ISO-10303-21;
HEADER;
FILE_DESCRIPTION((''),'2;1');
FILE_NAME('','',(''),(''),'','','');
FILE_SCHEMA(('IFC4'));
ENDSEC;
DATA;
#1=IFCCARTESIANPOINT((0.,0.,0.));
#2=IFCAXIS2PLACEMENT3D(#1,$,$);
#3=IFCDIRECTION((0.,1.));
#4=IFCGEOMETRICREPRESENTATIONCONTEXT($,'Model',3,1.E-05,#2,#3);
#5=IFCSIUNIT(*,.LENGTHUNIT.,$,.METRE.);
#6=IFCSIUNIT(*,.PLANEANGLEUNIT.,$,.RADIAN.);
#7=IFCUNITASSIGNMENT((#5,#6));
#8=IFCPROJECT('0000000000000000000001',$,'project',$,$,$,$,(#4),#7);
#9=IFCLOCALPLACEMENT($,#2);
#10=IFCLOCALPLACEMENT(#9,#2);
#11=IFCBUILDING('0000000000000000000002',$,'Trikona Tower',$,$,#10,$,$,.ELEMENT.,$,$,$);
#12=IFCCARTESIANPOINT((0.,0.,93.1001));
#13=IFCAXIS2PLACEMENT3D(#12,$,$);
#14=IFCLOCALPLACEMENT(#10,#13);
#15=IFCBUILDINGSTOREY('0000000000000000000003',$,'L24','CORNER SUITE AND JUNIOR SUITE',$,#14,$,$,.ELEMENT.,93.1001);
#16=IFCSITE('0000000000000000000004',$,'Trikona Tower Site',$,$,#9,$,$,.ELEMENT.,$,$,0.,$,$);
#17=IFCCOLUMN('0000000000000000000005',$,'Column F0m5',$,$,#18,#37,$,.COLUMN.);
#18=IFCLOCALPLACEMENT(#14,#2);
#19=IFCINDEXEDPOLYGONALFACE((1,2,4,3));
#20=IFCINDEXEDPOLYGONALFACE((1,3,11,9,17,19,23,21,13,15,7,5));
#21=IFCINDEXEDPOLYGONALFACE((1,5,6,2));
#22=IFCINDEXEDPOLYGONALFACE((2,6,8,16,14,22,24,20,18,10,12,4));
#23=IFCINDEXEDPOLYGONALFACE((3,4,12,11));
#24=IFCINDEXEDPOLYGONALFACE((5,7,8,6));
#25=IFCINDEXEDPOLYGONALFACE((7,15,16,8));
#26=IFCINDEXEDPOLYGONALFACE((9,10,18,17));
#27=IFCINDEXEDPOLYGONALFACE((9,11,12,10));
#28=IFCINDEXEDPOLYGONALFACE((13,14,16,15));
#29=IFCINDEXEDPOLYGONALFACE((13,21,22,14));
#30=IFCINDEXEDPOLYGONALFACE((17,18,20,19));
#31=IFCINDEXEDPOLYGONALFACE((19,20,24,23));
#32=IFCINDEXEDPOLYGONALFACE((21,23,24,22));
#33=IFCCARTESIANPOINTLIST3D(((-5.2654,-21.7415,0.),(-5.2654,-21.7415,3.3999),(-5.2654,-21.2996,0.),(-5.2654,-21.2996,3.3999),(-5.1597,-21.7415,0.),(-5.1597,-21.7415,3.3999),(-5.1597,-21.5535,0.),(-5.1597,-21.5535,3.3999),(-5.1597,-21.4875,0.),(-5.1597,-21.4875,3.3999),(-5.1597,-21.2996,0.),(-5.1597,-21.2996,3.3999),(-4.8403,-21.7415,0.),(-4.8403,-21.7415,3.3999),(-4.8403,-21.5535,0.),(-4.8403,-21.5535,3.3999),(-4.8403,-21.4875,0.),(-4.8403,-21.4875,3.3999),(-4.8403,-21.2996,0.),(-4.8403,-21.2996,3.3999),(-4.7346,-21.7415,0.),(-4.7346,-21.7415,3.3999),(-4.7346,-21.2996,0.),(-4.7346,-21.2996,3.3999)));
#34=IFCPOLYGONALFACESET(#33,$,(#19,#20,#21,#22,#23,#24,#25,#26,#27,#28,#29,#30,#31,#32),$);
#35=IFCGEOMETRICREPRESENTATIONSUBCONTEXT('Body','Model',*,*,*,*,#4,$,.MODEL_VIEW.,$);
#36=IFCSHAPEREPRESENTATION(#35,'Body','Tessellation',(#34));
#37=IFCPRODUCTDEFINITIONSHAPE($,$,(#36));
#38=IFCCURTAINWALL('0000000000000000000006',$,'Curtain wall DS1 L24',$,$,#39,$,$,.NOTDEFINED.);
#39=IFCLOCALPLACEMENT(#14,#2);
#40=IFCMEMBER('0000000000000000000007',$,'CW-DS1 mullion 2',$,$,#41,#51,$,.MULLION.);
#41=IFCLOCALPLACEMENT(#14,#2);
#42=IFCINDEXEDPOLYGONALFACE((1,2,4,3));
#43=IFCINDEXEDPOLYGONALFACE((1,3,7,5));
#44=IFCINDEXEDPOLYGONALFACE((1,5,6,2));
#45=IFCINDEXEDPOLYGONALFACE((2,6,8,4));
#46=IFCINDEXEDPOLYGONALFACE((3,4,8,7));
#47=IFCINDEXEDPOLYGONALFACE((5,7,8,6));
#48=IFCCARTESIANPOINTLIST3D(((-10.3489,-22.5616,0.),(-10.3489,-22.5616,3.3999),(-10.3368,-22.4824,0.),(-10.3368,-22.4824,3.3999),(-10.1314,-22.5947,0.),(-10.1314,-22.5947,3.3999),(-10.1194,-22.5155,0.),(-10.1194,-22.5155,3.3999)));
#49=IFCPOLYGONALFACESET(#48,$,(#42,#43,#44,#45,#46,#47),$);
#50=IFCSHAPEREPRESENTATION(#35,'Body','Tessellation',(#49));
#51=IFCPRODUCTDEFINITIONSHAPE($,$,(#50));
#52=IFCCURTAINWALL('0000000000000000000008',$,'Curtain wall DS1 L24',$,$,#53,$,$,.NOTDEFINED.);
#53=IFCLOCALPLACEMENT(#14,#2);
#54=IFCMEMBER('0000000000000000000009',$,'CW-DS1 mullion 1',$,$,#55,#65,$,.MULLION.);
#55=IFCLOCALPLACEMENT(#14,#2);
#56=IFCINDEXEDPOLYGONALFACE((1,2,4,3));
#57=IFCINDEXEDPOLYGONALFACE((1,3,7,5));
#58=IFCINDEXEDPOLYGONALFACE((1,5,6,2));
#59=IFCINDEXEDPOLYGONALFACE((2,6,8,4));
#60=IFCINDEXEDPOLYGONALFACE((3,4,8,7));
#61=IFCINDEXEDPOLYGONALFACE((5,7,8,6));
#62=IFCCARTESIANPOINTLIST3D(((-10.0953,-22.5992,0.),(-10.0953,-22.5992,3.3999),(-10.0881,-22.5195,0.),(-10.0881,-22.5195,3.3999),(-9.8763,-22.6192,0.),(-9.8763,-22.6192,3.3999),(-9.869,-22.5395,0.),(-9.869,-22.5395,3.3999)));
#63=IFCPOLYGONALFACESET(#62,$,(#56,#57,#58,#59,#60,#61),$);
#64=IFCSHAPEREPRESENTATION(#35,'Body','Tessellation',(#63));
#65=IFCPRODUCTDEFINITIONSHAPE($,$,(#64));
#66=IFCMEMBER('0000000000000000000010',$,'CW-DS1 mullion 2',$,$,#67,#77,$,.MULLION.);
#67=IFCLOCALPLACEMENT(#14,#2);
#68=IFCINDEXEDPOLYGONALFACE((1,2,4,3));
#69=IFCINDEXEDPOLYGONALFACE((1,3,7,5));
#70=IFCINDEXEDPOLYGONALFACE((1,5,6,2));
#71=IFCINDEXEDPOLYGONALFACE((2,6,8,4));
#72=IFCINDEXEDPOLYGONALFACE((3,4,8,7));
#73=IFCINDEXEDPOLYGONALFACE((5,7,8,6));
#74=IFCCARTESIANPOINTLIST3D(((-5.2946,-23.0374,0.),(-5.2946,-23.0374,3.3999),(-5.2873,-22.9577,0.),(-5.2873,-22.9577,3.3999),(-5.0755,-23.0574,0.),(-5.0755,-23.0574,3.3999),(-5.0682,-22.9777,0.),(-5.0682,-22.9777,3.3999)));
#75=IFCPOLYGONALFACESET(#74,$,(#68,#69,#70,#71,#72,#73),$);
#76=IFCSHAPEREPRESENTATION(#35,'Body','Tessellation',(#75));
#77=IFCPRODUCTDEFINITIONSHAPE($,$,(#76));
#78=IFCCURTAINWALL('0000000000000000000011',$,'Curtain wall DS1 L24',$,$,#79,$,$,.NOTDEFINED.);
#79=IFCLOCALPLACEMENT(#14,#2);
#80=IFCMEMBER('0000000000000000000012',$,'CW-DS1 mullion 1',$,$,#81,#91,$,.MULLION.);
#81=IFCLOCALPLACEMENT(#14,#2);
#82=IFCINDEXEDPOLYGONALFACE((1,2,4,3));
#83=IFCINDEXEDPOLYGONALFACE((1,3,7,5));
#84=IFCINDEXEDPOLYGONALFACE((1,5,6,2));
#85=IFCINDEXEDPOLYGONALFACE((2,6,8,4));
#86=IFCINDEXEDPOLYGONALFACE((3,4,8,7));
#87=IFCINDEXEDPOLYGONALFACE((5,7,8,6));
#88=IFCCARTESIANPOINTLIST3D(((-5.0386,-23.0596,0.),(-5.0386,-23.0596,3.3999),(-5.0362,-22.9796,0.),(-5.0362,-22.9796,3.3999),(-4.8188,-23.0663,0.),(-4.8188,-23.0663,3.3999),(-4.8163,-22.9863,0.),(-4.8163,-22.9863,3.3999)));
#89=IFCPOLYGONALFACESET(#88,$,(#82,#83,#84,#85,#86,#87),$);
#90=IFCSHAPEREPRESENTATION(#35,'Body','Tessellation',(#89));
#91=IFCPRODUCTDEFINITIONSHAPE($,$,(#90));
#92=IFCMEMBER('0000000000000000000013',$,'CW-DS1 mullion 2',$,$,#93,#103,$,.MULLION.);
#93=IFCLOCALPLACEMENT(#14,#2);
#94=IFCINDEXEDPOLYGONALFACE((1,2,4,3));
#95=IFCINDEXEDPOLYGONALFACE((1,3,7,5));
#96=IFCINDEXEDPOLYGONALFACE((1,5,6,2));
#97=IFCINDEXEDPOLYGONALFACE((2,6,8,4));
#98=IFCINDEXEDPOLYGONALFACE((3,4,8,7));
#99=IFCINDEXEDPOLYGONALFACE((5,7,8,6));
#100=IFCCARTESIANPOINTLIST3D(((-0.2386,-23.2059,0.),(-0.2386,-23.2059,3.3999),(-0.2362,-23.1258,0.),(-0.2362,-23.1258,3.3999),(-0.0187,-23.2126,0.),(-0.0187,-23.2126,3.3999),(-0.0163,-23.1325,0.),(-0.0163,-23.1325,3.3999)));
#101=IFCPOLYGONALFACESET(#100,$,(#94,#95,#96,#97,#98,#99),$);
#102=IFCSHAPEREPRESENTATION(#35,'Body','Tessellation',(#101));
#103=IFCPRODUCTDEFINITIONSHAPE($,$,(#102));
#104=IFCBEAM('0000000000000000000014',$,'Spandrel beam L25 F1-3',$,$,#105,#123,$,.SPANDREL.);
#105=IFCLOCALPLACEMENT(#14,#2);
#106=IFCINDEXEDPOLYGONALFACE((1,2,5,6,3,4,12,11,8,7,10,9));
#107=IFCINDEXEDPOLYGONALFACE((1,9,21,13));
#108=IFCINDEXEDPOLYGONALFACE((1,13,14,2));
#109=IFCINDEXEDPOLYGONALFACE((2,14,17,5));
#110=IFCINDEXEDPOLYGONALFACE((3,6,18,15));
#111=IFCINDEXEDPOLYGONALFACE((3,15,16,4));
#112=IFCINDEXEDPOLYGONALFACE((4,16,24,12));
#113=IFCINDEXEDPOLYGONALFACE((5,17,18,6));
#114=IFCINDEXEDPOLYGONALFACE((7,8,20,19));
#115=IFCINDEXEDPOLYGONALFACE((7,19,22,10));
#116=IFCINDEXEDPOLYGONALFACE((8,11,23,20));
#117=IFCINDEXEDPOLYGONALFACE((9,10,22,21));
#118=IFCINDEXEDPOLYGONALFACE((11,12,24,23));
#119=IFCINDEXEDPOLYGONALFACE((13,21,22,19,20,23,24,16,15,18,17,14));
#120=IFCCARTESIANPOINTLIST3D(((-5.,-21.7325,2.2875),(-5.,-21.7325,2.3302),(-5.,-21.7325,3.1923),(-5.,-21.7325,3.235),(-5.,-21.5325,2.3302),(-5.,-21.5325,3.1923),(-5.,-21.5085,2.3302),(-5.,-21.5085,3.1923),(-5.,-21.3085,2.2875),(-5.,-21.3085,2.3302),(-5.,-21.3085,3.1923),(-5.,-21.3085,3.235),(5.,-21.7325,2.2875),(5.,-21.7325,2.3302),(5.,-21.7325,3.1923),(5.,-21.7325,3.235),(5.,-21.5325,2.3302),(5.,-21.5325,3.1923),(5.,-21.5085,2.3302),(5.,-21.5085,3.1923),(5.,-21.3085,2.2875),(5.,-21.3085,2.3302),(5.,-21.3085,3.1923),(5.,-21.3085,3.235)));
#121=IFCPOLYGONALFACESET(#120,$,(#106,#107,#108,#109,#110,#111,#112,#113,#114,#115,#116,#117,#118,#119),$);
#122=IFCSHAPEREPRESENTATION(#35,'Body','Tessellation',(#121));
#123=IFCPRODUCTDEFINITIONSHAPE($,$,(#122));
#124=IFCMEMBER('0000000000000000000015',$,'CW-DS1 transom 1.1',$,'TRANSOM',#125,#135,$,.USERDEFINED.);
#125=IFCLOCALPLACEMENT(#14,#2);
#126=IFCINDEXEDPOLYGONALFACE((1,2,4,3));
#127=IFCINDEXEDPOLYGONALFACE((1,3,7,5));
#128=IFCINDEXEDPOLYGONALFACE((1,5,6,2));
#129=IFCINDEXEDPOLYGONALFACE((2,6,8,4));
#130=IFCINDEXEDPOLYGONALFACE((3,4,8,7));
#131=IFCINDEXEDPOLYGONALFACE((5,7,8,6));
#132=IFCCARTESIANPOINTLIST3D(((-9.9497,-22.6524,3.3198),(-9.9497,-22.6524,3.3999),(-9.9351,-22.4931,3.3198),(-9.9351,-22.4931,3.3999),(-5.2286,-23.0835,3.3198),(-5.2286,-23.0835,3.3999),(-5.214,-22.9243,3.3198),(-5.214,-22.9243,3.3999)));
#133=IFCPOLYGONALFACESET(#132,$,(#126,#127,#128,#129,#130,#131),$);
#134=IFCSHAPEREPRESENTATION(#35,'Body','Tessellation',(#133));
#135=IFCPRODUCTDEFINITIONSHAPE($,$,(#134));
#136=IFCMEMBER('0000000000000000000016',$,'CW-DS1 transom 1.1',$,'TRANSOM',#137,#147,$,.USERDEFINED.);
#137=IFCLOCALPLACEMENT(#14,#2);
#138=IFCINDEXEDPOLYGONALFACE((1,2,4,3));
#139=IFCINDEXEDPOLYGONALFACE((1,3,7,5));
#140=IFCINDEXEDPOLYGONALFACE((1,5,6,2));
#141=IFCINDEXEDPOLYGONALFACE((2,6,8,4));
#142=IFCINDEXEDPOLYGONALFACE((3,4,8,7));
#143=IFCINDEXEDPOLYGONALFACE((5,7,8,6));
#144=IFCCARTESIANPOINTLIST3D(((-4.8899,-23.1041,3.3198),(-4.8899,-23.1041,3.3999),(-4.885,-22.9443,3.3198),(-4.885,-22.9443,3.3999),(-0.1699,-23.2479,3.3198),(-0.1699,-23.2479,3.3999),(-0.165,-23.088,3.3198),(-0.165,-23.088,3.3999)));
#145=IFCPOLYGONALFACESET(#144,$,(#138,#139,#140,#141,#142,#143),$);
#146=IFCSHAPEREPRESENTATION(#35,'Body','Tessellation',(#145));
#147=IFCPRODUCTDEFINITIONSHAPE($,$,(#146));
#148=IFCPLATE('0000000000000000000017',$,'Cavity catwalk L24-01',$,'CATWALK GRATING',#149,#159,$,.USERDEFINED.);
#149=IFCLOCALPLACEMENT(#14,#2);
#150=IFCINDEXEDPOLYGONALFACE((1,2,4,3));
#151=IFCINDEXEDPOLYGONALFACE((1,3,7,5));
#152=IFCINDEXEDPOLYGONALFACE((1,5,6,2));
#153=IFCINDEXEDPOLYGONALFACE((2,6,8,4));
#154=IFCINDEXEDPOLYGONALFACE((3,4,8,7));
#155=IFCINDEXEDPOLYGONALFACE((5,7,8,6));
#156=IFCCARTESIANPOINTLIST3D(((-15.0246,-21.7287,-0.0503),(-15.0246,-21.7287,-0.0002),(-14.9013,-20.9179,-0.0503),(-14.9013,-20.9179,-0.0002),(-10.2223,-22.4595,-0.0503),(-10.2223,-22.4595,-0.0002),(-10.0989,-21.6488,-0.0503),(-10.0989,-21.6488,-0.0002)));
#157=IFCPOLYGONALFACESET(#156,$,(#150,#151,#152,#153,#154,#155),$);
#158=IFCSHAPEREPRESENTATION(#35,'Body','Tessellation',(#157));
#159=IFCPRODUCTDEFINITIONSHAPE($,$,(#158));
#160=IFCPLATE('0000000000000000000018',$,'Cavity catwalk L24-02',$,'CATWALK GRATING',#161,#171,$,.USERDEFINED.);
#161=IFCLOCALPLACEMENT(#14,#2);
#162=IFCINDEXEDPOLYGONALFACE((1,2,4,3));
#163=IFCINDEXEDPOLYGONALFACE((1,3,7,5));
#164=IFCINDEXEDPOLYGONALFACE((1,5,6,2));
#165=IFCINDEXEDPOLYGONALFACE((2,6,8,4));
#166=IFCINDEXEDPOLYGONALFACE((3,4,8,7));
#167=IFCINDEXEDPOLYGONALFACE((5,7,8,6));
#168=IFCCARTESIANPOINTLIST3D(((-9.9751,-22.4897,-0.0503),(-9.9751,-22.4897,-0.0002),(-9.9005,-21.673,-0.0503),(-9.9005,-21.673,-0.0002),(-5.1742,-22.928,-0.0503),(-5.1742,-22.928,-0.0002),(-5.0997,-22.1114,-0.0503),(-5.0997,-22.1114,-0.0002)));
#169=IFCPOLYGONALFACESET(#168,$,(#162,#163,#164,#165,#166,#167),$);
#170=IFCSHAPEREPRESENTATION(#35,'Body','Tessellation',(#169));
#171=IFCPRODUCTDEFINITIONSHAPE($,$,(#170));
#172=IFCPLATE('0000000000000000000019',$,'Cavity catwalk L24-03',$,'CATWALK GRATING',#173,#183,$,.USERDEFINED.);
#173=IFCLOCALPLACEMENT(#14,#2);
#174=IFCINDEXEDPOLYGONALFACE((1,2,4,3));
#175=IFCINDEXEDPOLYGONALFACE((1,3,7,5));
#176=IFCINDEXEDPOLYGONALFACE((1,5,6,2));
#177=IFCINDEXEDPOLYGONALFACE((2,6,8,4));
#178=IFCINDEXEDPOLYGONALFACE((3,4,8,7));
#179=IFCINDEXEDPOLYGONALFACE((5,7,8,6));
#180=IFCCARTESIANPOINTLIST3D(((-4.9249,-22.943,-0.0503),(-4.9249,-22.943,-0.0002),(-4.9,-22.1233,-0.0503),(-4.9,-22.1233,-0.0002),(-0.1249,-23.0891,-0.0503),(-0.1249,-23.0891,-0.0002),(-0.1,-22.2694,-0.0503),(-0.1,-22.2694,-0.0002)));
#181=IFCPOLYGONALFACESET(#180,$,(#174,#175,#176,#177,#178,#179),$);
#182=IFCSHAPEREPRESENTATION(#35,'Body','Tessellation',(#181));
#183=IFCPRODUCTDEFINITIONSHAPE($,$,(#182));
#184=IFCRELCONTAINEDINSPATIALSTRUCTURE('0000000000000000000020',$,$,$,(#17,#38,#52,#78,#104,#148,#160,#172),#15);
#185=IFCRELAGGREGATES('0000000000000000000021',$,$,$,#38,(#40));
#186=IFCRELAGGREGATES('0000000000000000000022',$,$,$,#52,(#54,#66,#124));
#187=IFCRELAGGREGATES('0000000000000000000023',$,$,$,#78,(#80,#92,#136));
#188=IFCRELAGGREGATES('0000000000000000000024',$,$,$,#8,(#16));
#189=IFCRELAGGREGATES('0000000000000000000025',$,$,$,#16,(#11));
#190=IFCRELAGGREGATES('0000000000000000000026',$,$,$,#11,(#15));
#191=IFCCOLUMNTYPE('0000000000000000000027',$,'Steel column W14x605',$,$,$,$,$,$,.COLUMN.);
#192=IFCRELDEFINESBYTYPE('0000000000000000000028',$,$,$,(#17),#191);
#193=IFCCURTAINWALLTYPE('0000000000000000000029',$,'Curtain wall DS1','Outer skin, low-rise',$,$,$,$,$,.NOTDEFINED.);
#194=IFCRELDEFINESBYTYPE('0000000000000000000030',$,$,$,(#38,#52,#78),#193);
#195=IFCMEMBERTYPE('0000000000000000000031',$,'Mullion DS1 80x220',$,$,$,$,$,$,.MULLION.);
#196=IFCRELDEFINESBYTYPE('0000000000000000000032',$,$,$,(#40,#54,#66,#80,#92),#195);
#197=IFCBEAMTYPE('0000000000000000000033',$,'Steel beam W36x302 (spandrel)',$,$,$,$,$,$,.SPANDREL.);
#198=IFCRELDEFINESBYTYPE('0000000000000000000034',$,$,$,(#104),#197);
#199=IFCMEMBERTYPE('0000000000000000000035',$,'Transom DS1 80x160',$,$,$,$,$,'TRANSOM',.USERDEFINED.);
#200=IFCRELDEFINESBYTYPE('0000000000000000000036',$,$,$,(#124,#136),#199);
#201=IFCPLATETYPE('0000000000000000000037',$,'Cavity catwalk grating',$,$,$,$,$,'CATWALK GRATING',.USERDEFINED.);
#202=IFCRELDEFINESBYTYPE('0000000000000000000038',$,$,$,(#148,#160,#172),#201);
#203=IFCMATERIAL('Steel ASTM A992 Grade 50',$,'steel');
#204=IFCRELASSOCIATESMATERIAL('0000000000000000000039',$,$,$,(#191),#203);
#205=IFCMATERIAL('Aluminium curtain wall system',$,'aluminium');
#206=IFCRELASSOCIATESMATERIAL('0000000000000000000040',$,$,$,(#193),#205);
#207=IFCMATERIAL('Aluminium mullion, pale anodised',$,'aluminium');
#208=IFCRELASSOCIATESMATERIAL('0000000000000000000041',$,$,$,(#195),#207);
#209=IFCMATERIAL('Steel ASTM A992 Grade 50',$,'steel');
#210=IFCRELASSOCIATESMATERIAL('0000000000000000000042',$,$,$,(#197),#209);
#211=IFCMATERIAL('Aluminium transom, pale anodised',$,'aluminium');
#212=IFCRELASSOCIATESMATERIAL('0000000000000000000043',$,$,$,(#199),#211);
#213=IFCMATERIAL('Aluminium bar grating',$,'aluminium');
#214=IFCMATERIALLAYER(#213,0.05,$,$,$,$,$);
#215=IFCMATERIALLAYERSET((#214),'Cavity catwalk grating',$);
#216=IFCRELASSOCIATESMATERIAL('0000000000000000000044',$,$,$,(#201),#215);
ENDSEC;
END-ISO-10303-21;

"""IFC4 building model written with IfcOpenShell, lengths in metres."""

from ifc_helpers import new_model, si_unit, direction, frame, origin, origin_2d, place, context, subcontext, project, spatial, rectangle, i_section, extrude, material, layer, layer_set, material_profile, profile_set, type_object, element, aggregate, save


model = new_model("IFC4")

# Units and contexts
model_context = context("Model", 3, precision=1e-05, world=origin(), true_north=direction((0.0, 1.0)))
body_context = subcontext(model_context, "Body", "Model", "MODEL_VIEW")
ifc_project = project(units=[si_unit("LENGTHUNIT", "METRE"), si_unit("PLANEANGLEUNIT", "RADIAN")], contexts=[model_context])

# Site, building, storey
site_placement = place(None, origin())
site = spatial("IfcSite", under=ifc_project, at=site_placement, Name="Trikona Tower Site", CompositionType="ELEMENT", RefElevation=0.0)
building_placement = place(site_placement, origin())
building = spatial("IfcBuilding", under=site, at=building_placement, Name="Trikona Tower", CompositionType="ELEMENT")
storey_placement = place(building_placement, frame((0.0, 0.0, 93.1001)))
storey = spatial("IfcBuildingStorey", under=building, at=storey_placement, Name="L24", Description="CORNER SUITE AND JUNIOR SUITE", CompositionType="ELEMENT", Elevation=93.1001)

# Column
ifc_material_1 = material(Name="Steel ASTM A992 Grade 50", Category="steel")
ifc_material_profile_1 = material_profile(ifc_material_1, i_section(OverallWidth=0.4419, OverallDepth=0.5308, WebThickness=0.0659, FlangeThickness=0.1057, at=origin_2d()), Name="W14X605")
ifc_profile_set_1 = profile_set([ifc_material_profile_1], Name="Steel ASTM A992 Grade 50")
column_type = type_object("IfcColumnType", Name="Steel column W14x605", PredefinedType="COLUMN", material=ifc_profile_set_1)
column_placement = place(storey_placement, frame((-5.0, -21.5205, 0.0), z_axis=(0.0, 0.0, 1.0), x_axis=(0.0, -1.0, 0.0)))
element("IfcColumn", 1, at=column_placement, inside=storey, type_object=column_type, Name="Column F0m5", PredefinedType="COLUMN", context=body_context, shape_type="SweptSolid", body=[
    extrude(i_section(OverallWidth=0.4419, OverallDepth=0.5308, WebThickness=0.0659, FlangeThickness=0.1057, at=origin_2d()), origin(), (0.0, 0.0, 1.0), 3.3999),
])

# Curtain wall, member
ifc_material_2 = material(Name="Aluminium curtain wall system", Category="aluminium")
curtain_wall_type = type_object("IfcCurtainWallType", Name="Curtain wall DS1", Description="Outer skin, low-rise", PredefinedType="NOTDEFINED", material=ifc_material_2)
curtain_wall_1_placement = place(storey_placement, origin())
curtain_wall_1 = element("IfcCurtainWall", 2, at=curtain_wall_1_placement, inside=storey, type_object=curtain_wall_type, Name="Curtain wall DS1 L24", PredefinedType="NOTDEFINED")
ifc_material_3 = material(Name="Aluminium mullion, pale anodised", Category="aluminium")
ifc_material_profile_2 = material_profile(ifc_material_3, rectangle(XDim=0.0801, YDim=0.22, at=origin_2d()), Name="MUL-DS1")
ifc_profile_set_2 = profile_set([ifc_material_profile_2], Name="Aluminium mullion, pale anodised")
member_type_1 = type_object("IfcMemberType", Name="Mullion DS1 80x220", PredefinedType="MULLION", material=ifc_profile_set_2)
member_1_placement = place(storey_placement, frame((-10.2341, -22.5386, 0.0), z_axis=(0.0, 0.0, 1.0), x_axis=(0.150438, 0.988619, 0.0)))
member_1 = element("IfcMember", 3, at=member_1_placement, type_object=member_type_1, Name="CW-DS1 mullion 2", PredefinedType="MULLION", context=body_context, shape_type="SweptSolid", body=[
    extrude(rectangle(XDim=0.0801, YDim=0.22, at=origin_2d()), origin(), (0.0, 0.0, 1.0), 3.3999),
])

# Curtain walls, members
curtain_wall_2_placement = place(storey_placement, origin())
curtain_wall_2 = element("IfcCurtainWall", 4, at=curtain_wall_2_placement, inside=storey, type_object=curtain_wall_type, Name="Curtain wall DS1 L24", PredefinedType="NOTDEFINED")
member_2_placement = place(storey_placement, frame((-9.9822, -22.5693, 0.0), z_axis=(0.0, 0.0, 1.0), x_axis=(0.090924, 0.995858, 0.0)))
member_2 = element("IfcMember", 5, at=member_2_placement, type_object=member_type_1, Name="CW-DS1 mullion 1", PredefinedType="MULLION", context=body_context, shape_type="SweptSolid", body=[
    extrude(rectangle(XDim=0.0801, YDim=0.22, at=origin_2d()), origin(), (0.0, 0.0, 1.0), 3.3999),
])
member_3_placement = place(storey_placement, frame((-5.1814, -23.0076, 0.0), z_axis=(0.0, 0.0, 1.0), x_axis=(0.090924, 0.995858, 0.0)))
member_3 = element("IfcMember", 6, at=member_3_placement, type_object=member_type_1, Name="CW-DS1 mullion 2", PredefinedType="MULLION", context=body_context, shape_type="SweptSolid", body=[
    extrude(rectangle(XDim=0.0801, YDim=0.22, at=origin_2d()), origin(), (0.0, 0.0, 1.0), 3.3999),
])
curtain_wall_3_placement = place(storey_placement, origin())
curtain_wall_3 = element("IfcCurtainWall", 7, at=curtain_wall_3_placement, inside=storey, type_object=curtain_wall_type, Name="Curtain wall DS1 L24", PredefinedType="NOTDEFINED")
member_4_placement = place(storey_placement, frame((-4.9275, -23.0229, 0.0), z_axis=(0.0, 0.0, 1.0), x_axis=(0.030437, 0.999537, 0.0)))
member_4 = element("IfcMember", 8, at=member_4_placement, type_object=member_type_1, Name="CW-DS1 mullion 1", PredefinedType="MULLION", context=body_context, shape_type="SweptSolid", body=[
    extrude(rectangle(XDim=0.0801, YDim=0.22, at=origin_2d()), origin(), (0.0, 0.0, 1.0), 3.3999),
])
member_5_placement = place(storey_placement, frame((-0.1274, -23.1692, 0.0), z_axis=(0.0, 0.0, 1.0), x_axis=(0.030437, 0.999537, 0.0)))
member_5 = element("IfcMember", 9, at=member_5_placement, type_object=member_type_1, Name="CW-DS1 mullion 2", PredefinedType="MULLION", context=body_context, shape_type="SweptSolid", body=[
    extrude(rectangle(XDim=0.0801, YDim=0.22, at=origin_2d()), origin(), (0.0, 0.0, 1.0), 3.3999),
])

# Beam
ifc_material_4 = material(Name="Steel ASTM A992 Grade 50", Category="steel")
ifc_material_profile_3 = material_profile(ifc_material_4, i_section(OverallWidth=0.4241, OverallDepth=0.9475, WebThickness=0.0239, FlangeThickness=0.0427, at=origin_2d()), Name="W36X302")
ifc_profile_set_3 = profile_set([ifc_material_profile_3], Name="Steel ASTM A992 Grade 50")
beam_type = type_object("IfcBeamType", Name="Steel beam W36x302 (spandrel)", PredefinedType="SPANDREL", material=ifc_profile_set_3)
beam_placement = place(storey_placement, frame((-5.0, -21.5205, 2.7612), z_axis=(1.0, 0.0, 0.0), x_axis=(0.0, 1.0, 0.0)))
element("IfcBeam", 10, at=beam_placement, inside=storey, type_object=beam_type, Name="Spandrel beam L25 F1-3", PredefinedType="SPANDREL", context=body_context, shape_type="SweptSolid", body=[
    extrude(i_section(OverallWidth=0.4241, OverallDepth=0.9475, WebThickness=0.0239, FlangeThickness=0.0427, at=origin_2d()), origin(), (0.0, 0.0, 1.0), 10.0),
])

# Members
ifc_material_5 = material(Name="Aluminium transom, pale anodised", Category="aluminium")
ifc_material_profile_4 = material_profile(ifc_material_5, rectangle(XDim=0.1599, YDim=0.0801, at=origin_2d()), Name="TRN-DS1")
ifc_profile_set_4 = profile_set([ifc_material_profile_4], Name="Aluminium transom, pale anodised")
member_type_2 = type_object("IfcMemberType", Name="Transom DS1 80x160", ElementType="TRANSOM", PredefinedType="USERDEFINED", material=ifc_profile_set_4)
member_6_placement = place(storey_placement, frame((-9.9424, -22.5728, 3.3599), z_axis=(0.995856, -0.090944, 0.0), x_axis=(0.090944, 0.995856, 0.0)))
member_6 = element("IfcMember", 11, at=member_6_placement, type_object=member_type_2, Name="CW-DS1 transom 1.1", ObjectType="TRANSOM", PredefinedType="USERDEFINED", context=body_context, shape_type="SweptSolid", body=[
    extrude(rectangle(XDim=0.1599, YDim=0.0801, at=origin_2d()), origin(), (0.0, 0.0, 1.0), 4.7407),
])
member_7_placement = place(storey_placement, frame((-4.8875, -23.0242, 3.3599), z_axis=(0.999536, -0.030452, 0.0), x_axis=(0.030452, 0.999536, 0.0)))
member_7 = element("IfcMember", 12, at=member_7_placement, type_object=member_type_2, Name="CW-DS1 transom 1.1", ObjectType="TRANSOM", PredefinedType="USERDEFINED", context=body_context, shape_type="SweptSolid", body=[
    extrude(rectangle(XDim=0.1599, YDim=0.0801, at=origin_2d()), origin(), (0.0, 0.0, 1.0), 4.7222),
])

# Plates
ifc_material_6 = material(Name="Aluminium bar grating", Category="aluminium")
ifc_layer_1 = layer(ifc_material_6, 0.05)
ifc_layer_set_1 = layer_set([ifc_layer_1], Name="Cavity catwalk grating")
plate_type_1 = type_object("IfcPlateType", Name="Cavity catwalk grating", ElementType="CATWALK GRATING", PredefinedType="USERDEFINED", material=ifc_layer_set_1)
plate_1_placement = place(storey_placement, frame((-12.5618, -21.6887, -0.0503), z_axis=(0.0, 0.0, 1.0), x_axis=(0.988618, -0.150448, 0.0)))
element("IfcPlate", 13, at=plate_1_placement, inside=storey, type_object=plate_type_1, Name="Cavity catwalk L24-01", ObjectType="CATWALK GRATING", PredefinedType="USERDEFINED", context=body_context, shape_type="SweptSolid", body=[
    extrude(rectangle(XDim=4.8577, YDim=0.8201, at=origin_2d()), origin(), (0.0, 0.0, 1.0), 0.05),
])
plate_2_placement = place(storey_placement, frame((-7.5374, -22.3005, -0.0503), z_axis=(0.0, 0.0, 1.0), x_axis=(0.995858, -0.090921, 0.0)))
element("IfcPlate", 14, at=plate_2_placement, inside=storey, type_object=plate_type_1, Name="Cavity catwalk L24-02", ObjectType="CATWALK GRATING", PredefinedType="USERDEFINED", context=body_context, shape_type="SweptSolid", body=[
    extrude(rectangle(XDim=4.8208, YDim=0.8201, at=origin_2d()), origin(), (0.0, 0.0, 1.0), 0.05),
])
plate_3_placement = place(storey_placement, frame((-2.5125, -22.6062, -0.0503), z_axis=(0.0, 0.0, 1.0), x_axis=(0.999537, -0.030425, 0.0)))
element("IfcPlate", 15, at=plate_3_placement, inside=storey, type_object=plate_type_1, Name="Cavity catwalk L24-03", ObjectType="CATWALK GRATING", PredefinedType="USERDEFINED", context=body_context, shape_type="SweptSolid", body=[
    extrude(rectangle(XDim=4.8022, YDim=0.8201, at=origin_2d()), origin(), (0.0, 0.0, 1.0), 0.05),
])

aggregate(curtain_wall_1, [member_1])
aggregate(curtain_wall_2, [member_2, member_3, member_6])
aggregate(curtain_wall_3, [member_4, member_5, member_7])

save(model, "model.ifc")
